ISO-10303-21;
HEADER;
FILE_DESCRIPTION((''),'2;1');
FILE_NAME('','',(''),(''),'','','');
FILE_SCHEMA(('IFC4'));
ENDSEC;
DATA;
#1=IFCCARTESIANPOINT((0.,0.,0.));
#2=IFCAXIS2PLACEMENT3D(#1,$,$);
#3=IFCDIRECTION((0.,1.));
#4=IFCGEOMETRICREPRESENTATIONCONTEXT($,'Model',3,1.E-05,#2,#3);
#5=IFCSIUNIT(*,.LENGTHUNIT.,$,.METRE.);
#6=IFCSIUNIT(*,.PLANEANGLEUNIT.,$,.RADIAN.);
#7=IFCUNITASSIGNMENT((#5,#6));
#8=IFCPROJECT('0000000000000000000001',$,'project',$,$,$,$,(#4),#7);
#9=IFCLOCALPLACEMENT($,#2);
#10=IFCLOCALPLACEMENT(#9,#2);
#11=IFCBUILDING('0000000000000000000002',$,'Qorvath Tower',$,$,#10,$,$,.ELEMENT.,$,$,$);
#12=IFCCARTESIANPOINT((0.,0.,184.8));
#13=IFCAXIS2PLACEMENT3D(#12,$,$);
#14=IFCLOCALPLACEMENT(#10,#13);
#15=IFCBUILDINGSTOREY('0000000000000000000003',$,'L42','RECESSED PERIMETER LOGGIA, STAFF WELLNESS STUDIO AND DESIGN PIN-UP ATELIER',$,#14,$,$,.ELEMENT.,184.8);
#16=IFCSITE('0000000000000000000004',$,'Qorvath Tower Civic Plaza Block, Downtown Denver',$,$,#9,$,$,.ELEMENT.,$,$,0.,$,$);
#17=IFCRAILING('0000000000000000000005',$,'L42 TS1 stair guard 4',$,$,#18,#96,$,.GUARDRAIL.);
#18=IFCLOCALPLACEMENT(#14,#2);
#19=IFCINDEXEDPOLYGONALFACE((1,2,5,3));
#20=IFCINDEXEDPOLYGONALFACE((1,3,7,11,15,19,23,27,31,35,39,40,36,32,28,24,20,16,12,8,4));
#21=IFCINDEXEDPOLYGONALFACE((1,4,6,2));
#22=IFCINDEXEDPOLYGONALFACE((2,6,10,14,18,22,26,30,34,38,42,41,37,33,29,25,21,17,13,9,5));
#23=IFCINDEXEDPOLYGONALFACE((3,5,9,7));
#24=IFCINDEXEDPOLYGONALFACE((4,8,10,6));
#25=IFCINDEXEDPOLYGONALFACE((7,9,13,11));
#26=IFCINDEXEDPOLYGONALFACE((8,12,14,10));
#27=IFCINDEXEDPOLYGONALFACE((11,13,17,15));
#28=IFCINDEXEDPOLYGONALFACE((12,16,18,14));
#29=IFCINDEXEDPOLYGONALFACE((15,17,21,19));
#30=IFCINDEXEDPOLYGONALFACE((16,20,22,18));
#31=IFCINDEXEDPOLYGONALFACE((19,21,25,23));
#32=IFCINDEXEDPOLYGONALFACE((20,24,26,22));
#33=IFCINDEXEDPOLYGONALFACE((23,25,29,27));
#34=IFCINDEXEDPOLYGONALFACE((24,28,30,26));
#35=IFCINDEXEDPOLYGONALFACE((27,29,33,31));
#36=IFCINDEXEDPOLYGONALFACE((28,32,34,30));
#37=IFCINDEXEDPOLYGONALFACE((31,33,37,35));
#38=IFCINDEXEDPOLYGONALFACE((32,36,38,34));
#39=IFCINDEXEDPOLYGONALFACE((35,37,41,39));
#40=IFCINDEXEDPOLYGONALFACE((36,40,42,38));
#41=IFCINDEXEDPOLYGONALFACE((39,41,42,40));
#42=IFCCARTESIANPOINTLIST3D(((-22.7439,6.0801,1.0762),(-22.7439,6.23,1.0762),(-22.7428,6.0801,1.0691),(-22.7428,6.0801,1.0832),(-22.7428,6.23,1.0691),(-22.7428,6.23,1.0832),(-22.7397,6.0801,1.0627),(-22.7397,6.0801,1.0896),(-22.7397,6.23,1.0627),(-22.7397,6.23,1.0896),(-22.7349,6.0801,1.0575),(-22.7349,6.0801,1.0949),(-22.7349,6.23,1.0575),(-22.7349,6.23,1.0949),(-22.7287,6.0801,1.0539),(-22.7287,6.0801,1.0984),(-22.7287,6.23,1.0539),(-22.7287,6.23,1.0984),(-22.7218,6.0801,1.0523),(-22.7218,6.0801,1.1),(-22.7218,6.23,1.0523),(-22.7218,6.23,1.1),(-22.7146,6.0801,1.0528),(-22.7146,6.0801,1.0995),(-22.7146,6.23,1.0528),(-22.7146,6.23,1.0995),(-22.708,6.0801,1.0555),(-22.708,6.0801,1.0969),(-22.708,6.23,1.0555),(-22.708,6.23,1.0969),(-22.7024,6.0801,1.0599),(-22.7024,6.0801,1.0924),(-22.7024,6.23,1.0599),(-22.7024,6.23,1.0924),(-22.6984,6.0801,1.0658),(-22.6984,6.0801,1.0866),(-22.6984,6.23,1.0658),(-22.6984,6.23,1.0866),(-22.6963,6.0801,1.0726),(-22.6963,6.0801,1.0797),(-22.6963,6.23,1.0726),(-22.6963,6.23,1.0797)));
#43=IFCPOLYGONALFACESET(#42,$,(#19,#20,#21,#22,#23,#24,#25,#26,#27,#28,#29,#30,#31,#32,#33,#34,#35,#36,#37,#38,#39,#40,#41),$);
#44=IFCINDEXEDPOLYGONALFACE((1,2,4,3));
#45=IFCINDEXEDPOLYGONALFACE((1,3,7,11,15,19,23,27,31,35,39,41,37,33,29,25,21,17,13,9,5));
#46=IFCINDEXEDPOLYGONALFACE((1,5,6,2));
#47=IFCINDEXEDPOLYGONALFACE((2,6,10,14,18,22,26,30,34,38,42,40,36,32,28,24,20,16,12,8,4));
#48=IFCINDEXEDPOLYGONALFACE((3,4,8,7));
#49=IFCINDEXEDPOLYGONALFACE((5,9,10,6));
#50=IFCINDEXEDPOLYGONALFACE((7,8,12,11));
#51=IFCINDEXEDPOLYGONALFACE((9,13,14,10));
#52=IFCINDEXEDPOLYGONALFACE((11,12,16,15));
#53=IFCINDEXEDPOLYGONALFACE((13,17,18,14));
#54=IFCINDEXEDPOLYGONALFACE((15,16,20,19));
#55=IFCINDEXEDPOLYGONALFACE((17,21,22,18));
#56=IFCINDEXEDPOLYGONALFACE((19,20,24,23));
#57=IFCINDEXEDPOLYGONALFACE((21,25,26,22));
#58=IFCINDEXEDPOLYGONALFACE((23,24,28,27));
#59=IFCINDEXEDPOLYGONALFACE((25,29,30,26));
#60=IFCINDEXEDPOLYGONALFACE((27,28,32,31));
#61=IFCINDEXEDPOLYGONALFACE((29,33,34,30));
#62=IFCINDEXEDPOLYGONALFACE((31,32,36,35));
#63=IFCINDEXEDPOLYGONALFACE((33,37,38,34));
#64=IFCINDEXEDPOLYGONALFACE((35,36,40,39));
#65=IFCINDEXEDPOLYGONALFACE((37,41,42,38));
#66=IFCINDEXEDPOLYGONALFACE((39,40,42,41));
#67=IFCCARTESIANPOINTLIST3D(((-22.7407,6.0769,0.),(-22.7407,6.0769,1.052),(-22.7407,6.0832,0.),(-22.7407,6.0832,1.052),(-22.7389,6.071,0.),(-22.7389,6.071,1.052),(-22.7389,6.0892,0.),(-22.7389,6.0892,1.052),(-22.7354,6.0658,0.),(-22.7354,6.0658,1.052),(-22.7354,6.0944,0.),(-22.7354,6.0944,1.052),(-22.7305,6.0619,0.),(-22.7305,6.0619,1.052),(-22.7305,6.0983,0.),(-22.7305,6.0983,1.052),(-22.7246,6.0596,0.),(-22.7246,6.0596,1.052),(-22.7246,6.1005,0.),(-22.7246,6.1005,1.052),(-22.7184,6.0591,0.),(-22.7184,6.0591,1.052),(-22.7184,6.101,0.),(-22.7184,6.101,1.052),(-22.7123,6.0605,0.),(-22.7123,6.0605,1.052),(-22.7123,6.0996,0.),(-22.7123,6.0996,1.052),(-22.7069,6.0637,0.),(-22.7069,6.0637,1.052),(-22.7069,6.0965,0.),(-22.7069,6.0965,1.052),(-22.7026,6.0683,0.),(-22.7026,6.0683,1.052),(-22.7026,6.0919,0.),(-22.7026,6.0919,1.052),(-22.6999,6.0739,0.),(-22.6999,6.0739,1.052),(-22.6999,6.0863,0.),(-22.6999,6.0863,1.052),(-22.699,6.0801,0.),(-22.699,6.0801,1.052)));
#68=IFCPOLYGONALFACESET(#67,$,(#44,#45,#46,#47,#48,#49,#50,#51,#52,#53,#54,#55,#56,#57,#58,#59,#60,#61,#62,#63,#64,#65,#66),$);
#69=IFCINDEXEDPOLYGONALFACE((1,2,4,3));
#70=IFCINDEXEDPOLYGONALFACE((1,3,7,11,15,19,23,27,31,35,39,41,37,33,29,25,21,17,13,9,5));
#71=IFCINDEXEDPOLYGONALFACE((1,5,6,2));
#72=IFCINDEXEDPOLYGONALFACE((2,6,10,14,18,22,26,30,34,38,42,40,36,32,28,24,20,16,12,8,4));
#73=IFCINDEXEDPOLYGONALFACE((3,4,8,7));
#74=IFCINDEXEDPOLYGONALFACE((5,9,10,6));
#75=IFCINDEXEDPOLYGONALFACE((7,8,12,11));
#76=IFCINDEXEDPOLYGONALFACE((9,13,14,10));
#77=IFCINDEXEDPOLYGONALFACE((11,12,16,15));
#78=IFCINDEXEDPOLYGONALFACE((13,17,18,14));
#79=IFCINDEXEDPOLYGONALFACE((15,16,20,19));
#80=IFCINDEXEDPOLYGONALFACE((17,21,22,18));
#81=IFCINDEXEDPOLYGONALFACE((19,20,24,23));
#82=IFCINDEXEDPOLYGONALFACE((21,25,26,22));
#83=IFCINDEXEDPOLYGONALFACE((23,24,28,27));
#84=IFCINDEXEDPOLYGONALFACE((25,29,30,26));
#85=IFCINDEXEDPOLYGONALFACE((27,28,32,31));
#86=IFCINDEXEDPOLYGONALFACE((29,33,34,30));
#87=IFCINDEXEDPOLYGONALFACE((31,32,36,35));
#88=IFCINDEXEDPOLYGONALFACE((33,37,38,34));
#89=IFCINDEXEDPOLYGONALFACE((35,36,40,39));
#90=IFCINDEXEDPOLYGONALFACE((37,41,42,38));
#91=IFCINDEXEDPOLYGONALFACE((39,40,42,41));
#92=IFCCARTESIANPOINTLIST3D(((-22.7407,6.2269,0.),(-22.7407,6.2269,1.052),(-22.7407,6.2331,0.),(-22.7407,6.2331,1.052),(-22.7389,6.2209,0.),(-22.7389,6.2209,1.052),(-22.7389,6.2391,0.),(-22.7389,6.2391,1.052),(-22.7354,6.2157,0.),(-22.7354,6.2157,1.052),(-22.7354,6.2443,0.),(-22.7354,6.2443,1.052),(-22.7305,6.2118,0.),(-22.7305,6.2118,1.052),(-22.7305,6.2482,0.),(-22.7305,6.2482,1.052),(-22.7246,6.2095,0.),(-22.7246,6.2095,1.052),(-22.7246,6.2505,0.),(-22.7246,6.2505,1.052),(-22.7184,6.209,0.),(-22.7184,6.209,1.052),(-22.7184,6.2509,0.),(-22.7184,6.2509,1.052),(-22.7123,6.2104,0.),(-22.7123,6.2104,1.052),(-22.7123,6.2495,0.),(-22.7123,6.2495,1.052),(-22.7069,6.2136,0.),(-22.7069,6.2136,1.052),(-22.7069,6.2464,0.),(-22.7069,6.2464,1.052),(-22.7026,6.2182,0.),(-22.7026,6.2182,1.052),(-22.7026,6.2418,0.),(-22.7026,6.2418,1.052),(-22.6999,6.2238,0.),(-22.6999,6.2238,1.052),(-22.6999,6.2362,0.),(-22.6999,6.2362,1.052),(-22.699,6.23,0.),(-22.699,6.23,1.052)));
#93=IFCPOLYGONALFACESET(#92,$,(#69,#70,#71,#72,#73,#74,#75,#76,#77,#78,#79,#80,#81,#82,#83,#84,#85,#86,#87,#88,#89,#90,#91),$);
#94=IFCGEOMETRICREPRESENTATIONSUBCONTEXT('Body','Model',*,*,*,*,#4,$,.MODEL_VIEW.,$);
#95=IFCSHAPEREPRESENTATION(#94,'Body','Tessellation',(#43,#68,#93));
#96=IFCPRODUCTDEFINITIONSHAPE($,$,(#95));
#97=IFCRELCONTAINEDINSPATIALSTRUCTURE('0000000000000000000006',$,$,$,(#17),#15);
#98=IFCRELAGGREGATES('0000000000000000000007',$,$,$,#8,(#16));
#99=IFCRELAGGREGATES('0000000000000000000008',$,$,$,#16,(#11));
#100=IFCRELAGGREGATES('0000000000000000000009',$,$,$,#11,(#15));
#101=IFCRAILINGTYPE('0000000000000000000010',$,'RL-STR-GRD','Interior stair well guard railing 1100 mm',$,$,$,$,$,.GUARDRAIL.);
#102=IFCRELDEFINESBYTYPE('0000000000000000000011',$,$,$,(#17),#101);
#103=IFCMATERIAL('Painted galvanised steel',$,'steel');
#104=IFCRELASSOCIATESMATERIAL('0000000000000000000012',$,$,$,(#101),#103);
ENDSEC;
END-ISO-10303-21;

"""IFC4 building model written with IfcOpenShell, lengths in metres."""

from ifc_helpers import new_model, si_unit, direction, frame, origin, origin_2d, place, context, subcontext, project, spatial, circle, extrude, material, type_object, element, save


model = new_model("IFC4")

# Units and contexts
model_context = context("Model", 3, precision=1e-05, world=origin(), true_north=direction((0.0, 1.0)))
body_context = subcontext(model_context, "Body", "Model", "MODEL_VIEW")
ifc_project = project(units=[si_unit("LENGTHUNIT", "METRE"), si_unit("PLANEANGLEUNIT", "RADIAN")], contexts=[model_context])

# Site, building, storey
site_placement = place(None, origin())
site = spatial("IfcSite", under=ifc_project, at=site_placement, Name="Qorvath Tower Civic Plaza Block, Downtown Denver", CompositionType="ELEMENT", RefElevation=0.0)
building_placement = place(site_placement, origin())
building = spatial("IfcBuilding", under=site, at=building_placement, Name="Qorvath Tower", CompositionType="ELEMENT")
storey_placement = place(building_placement, frame((0.0, 0.0, 184.8)))
storey = spatial("IfcBuildingStorey", under=building, at=storey_placement, Name="L42", Description="RECESSED PERIMETER LOGGIA, STAFF WELLNESS STUDIO AND DESIGN PIN-UP ATELIER", CompositionType="ELEMENT", Elevation=184.8)

# Railing
ifc_material_1 = material(Name="Painted galvanised steel", Category="steel")
railing_type_1 = type_object("IfcRailingType", Name="RL-STR-GRD", Description="Interior stair well guard railing 1100 mm", PredefinedType="GUARDRAIL", material=ifc_material_1)
railing_1_placement = place(storey_placement, frame((-22.72, 6.0801, 0.0)))
element("IfcRailing", 1, at=railing_1_placement, inside=storey, type_object=railing_type_1, Name="L42 TS1 stair guard 4", PredefinedType="GUARDRAIL", context=body_context, shape_type="SweptSolid", body=[
    extrude(circle(Radius=0.0239, at=origin_2d()), frame((0.0, 0.0, 1.0762), z_axis=(0.0, 1.0, 0.0), x_axis=(-1.0, 0.0, 0.0)), (0.0, 0.0, 1.0), 0.1499),
    extrude(circle(Radius=0.021, at=origin_2d()), origin(), (0.0, 0.0, 1.0), 1.052),
    extrude(circle(Radius=0.021, at=origin_2d()), frame((0.0, 0.1499, 0.0)), (0.0, 0.0, 1.0), 1.052),
])

save(model, "model.ifc")
